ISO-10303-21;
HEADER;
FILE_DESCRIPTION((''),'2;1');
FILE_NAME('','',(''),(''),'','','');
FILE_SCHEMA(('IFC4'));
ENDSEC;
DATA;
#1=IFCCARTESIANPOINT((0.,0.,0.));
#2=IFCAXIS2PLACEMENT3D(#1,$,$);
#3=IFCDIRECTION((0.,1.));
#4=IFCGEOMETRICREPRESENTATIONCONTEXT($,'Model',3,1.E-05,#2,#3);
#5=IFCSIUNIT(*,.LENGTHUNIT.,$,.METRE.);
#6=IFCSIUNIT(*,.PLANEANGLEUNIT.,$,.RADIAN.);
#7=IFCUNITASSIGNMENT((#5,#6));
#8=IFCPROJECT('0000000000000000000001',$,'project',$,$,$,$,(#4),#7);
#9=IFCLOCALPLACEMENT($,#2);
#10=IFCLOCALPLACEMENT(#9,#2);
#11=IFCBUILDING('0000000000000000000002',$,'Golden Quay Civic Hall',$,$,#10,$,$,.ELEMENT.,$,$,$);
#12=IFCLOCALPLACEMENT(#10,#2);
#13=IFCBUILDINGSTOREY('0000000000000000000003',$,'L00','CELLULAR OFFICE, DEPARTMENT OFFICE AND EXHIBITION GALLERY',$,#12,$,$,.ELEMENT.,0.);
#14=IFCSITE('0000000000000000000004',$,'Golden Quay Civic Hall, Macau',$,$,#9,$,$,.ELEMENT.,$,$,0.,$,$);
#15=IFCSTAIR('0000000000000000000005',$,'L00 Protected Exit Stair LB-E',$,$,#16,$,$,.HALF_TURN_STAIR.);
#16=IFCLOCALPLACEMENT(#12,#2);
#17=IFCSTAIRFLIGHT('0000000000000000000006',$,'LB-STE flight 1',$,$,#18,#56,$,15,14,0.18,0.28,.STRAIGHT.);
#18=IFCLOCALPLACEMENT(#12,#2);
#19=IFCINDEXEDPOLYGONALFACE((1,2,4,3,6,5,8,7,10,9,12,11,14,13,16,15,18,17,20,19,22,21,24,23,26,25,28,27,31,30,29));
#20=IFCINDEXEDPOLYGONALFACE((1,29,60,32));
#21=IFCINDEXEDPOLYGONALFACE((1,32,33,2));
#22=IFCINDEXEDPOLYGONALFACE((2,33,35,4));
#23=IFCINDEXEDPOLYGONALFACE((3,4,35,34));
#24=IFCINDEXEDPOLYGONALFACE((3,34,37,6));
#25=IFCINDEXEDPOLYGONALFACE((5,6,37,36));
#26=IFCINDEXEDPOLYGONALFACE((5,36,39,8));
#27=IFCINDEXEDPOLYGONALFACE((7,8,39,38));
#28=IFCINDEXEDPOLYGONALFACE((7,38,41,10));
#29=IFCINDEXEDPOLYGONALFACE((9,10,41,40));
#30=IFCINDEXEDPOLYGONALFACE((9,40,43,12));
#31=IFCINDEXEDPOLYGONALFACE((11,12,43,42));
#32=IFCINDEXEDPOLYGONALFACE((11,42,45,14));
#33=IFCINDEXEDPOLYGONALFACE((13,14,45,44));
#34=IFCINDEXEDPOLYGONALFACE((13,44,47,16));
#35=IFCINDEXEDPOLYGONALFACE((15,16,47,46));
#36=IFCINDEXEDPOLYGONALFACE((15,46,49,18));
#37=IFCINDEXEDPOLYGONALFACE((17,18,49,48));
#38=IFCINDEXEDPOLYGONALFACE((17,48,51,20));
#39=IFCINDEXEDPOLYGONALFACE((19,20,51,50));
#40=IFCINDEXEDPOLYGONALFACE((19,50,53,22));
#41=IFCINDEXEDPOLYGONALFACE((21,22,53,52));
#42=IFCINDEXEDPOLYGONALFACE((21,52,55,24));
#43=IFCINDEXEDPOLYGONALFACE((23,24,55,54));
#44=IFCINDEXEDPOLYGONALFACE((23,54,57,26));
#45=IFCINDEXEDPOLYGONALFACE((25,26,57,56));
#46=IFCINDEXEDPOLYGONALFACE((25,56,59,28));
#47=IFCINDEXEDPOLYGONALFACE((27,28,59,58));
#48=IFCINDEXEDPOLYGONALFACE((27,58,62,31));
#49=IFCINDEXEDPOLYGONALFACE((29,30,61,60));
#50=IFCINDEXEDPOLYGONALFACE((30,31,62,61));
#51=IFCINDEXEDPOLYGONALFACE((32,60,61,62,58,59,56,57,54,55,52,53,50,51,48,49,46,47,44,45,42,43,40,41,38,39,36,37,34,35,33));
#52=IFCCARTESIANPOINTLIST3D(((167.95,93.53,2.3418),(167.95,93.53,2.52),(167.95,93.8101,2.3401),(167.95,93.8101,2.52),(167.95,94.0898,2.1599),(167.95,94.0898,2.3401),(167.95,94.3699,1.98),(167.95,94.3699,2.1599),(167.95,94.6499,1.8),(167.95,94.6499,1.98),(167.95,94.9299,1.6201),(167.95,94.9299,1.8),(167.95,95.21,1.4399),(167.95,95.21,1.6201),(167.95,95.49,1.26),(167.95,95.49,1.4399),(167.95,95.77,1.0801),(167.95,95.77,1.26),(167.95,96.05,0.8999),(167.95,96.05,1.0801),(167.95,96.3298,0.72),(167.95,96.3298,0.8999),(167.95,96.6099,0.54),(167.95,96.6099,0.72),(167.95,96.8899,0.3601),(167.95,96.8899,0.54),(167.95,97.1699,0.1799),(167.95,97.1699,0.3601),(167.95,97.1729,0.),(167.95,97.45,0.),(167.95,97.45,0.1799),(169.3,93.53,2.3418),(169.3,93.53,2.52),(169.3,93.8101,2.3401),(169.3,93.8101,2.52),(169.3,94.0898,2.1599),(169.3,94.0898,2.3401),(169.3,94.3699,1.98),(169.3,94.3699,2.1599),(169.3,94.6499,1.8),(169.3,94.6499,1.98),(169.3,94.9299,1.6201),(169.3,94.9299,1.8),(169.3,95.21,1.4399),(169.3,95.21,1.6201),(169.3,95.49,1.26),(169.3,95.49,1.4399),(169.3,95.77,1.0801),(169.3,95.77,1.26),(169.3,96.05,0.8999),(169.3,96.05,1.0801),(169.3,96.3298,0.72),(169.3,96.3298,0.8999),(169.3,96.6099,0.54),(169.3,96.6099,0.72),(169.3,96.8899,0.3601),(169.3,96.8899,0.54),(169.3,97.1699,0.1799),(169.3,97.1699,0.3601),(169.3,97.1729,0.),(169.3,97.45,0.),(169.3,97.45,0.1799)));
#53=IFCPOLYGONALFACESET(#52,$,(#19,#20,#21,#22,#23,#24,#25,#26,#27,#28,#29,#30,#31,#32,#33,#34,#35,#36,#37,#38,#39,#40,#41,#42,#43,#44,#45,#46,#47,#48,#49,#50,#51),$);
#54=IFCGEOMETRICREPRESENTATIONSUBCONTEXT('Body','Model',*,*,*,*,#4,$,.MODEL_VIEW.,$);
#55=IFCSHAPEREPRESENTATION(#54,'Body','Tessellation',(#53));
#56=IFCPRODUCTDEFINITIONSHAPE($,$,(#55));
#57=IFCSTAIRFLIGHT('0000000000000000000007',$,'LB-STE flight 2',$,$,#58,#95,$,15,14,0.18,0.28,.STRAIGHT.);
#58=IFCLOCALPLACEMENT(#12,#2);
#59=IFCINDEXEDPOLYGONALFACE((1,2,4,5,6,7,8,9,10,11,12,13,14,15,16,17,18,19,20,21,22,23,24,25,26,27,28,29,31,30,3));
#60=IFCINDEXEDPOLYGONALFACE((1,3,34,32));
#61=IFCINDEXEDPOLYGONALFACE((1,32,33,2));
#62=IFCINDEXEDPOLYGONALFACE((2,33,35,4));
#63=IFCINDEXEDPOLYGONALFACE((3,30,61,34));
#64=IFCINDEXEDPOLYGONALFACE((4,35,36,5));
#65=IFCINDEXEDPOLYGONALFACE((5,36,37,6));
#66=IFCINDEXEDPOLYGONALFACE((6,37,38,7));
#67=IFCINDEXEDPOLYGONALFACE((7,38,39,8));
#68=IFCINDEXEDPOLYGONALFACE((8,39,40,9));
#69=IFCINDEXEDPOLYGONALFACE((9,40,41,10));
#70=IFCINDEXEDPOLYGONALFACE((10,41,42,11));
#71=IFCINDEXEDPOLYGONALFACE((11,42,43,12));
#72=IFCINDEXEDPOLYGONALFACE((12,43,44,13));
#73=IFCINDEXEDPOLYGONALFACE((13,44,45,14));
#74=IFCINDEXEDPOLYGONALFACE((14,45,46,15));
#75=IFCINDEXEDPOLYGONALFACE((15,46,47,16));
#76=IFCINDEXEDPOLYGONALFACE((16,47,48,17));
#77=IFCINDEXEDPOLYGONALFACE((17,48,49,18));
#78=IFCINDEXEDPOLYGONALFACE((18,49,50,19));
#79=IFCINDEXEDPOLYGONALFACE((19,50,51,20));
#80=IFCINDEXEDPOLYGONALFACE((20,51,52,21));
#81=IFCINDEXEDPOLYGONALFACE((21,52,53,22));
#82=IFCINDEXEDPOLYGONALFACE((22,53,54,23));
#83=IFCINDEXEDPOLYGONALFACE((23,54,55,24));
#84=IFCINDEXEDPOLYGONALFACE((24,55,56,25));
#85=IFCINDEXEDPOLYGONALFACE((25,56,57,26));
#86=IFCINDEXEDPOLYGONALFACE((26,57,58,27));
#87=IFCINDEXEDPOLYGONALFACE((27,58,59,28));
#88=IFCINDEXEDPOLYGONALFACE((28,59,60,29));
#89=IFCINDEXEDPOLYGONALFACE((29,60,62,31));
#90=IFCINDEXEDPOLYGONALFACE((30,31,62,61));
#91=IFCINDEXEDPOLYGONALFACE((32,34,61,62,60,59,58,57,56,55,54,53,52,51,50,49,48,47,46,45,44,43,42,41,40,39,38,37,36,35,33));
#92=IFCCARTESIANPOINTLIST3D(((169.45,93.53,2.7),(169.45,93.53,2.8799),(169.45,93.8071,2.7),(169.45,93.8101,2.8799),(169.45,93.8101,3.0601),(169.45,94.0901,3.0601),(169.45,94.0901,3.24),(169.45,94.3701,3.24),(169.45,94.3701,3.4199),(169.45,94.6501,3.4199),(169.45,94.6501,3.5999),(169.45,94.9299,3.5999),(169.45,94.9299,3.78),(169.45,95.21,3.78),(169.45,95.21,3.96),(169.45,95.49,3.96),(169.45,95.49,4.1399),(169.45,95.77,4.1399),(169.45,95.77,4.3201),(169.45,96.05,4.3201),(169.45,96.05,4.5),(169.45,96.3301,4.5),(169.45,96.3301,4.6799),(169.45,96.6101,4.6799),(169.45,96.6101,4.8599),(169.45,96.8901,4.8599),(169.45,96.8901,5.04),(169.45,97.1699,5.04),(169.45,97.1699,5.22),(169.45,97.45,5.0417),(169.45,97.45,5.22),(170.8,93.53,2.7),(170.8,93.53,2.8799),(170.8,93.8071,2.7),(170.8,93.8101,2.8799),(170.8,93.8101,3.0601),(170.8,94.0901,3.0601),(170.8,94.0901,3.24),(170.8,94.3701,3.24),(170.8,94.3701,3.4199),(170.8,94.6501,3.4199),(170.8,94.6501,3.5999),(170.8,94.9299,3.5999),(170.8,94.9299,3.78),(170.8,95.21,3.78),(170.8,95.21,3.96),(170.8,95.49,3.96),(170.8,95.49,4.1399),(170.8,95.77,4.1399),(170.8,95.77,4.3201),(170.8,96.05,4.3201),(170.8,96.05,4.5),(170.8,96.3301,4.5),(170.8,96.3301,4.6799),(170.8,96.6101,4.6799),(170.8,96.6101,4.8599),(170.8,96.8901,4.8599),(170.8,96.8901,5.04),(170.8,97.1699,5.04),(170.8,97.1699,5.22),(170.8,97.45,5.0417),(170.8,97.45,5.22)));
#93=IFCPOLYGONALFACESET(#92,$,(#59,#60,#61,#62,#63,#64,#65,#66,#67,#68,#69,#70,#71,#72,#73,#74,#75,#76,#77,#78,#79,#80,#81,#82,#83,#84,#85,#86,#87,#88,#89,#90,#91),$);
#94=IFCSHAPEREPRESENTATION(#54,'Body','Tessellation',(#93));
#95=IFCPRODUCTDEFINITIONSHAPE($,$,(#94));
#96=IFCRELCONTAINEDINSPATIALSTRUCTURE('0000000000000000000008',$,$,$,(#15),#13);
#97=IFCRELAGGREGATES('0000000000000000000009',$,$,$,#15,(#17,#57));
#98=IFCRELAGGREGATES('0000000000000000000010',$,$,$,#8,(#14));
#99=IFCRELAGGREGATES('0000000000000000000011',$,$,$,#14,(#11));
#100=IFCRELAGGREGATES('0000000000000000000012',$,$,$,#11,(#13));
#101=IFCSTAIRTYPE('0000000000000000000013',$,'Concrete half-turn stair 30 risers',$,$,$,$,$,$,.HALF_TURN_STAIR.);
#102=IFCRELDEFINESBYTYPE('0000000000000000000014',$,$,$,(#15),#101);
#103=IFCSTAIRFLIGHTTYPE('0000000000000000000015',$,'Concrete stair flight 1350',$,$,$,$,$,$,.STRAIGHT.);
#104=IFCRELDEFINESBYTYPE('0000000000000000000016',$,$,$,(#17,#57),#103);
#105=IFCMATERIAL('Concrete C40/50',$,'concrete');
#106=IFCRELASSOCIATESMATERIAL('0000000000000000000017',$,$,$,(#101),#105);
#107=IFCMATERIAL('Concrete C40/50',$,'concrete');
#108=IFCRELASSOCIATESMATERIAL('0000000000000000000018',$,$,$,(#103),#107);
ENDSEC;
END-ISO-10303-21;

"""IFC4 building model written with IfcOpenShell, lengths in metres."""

from ifc_helpers import new_model, si_unit, direction, frame, origin, place, context, subcontext, project, spatial, polyline, outline, extrude, material, type_object, element, aggregate, save


model = new_model("IFC4")

# Units and contexts
model_context = context("Model", 3, precision=1e-05, world=origin(), true_north=direction((0.0, 1.0)))
body_context = subcontext(model_context, "Body", "Model", "MODEL_VIEW")
ifc_project = project(units=[si_unit("LENGTHUNIT", "METRE"), si_unit("PLANEANGLEUNIT", "RADIAN")], contexts=[model_context])

# Site, building, storey
site_placement = place(None, origin())
site = spatial("IfcSite", under=ifc_project, at=site_placement, Name="Golden Quay Civic Hall, Macau", CompositionType="ELEMENT", RefElevation=0.0)
building_placement = place(site_placement, origin())
building = spatial("IfcBuilding", under=site, at=building_placement, Name="Golden Quay Civic Hall", CompositionType="ELEMENT")
storey_placement = place(building_placement, origin())
storey = spatial("IfcBuildingStorey", under=building, at=storey_placement, Name="L00", Description="CELLULAR OFFICE, DEPARTMENT OFFICE AND EXHIBITION GALLERY", CompositionType="ELEMENT", Elevation=0.0)

# Stair, stair flights
ifc_material_1 = material(Name="Concrete C40/50", Category="concrete")
stair_type = type_object("IfcStairType", Name="Concrete half-turn stair 30 risers", PredefinedType="HALF_TURN_STAIR", material=ifc_material_1)
stair_placement = place(storey_placement, origin())
stair = element("IfcStair", 1, at=stair_placement, inside=storey, type_object=stair_type, Name="L00 Protected Exit Stair LB-E", PredefinedType="HALF_TURN_STAIR")
ifc_material_2 = material(Name="Concrete C40/50", Category="concrete")
stair_flight_type = type_object("IfcStairFlightType", Name="Concrete stair flight 1350", PredefinedType="STRAIGHT", material=ifc_material_2)
stair_flight_1_placement = place(storey_placement, frame((168.625, 97.45, 0.0), z_axis=(0.0, 0.0, 1.0), x_axis=(0.0, -1.0, 0.0)))
stair_flight_1 = element("IfcStairFlight", 2, at=stair_flight_1_placement, type_object=stair_flight_type, Name="LB-STE flight 1", NumberOfRisers=15, NumberOfTreads=14, PredefinedType="STRAIGHT", RiserHeight=0.18, TreadLength=0.28, context=body_context, shape_type="SweptSolid", body=[
    extrude(outline(polyline([(0.0, 0.0), (0.0, 0.1799), (0.28, 0.1799), (0.28, 0.3601), (0.5601, 0.3601), (0.5601, 0.54), (0.8401, 0.54), (0.8401, 0.72), (1.1201, 0.72), (1.1201, 0.8999), (1.3999, 0.8999), (1.3999, 1.0801), (1.6799, 1.0801), (1.6799, 1.26), (1.96, 1.26), (1.96, 1.4399), (2.24, 1.4399), (2.24, 1.6201), (2.52, 1.6201), (2.52, 1.8), (2.8, 1.8), (2.8, 1.98), (3.0801, 1.98), (3.0801, 2.1599), (3.3601, 2.1599), (3.3601, 2.3401), (3.6399, 2.3401), (3.6399, 2.52), (3.9199, 2.52), (3.9199, 2.7), (3.9199, 2.3418), (0.2771, 0.0), (0.0, 0.0)])), frame((0.0, 0.675, 0.0), z_axis=(0.0, -1.0, 0.0), x_axis=(1.0, 0.0, 0.0)), (0.0, 0.0, 1.0), 1.35),
])
stair_flight_2_placement = place(storey_placement, frame((170.125, 93.53, 2.7), z_axis=(0.0, 0.0, 1.0), x_axis=(0.0, 1.0, 0.0)))
stair_flight_2 = element("IfcStairFlight", 3, at=stair_flight_2_placement, type_object=stair_flight_type, Name="LB-STE flight 2", NumberOfRisers=15, NumberOfTreads=14, PredefinedType="STRAIGHT", RiserHeight=0.18, TreadLength=0.28, context=body_context, shape_type="SweptSolid", body=[
    extrude(outline(polyline([(0.0, 0.0), (0.0, 0.1799), (0.28, 0.1799), (0.28, 0.3601), (0.5601, 0.3601), (0.5601, 0.54), (0.8401, 0.54), (0.8401, 0.72), (1.1201, 0.72), (1.1201, 0.8999), (1.3999, 0.8999), (1.3999, 1.0801), (1.6799, 1.0801), (1.6799, 1.26), (1.96, 1.26), (1.96, 1.4399), (2.24, 1.4399), (2.24, 1.6201), (2.52, 1.6201), (2.52, 1.8), (2.8, 1.8), (2.8, 1.98), (3.0801, 1.98), (3.0801, 2.1599), (3.3601, 2.1599), (3.3601, 2.3401), (3.6399, 2.3401), (3.6399, 2.52), (3.9199, 2.52), (3.9199, 2.7), (3.9199, 2.3418), (0.2771, 0.0), (0.0, 0.0)])), frame((0.0, 0.675, 0.0), z_axis=(0.0, -1.0, 0.0), x_axis=(1.0, 0.0, 0.0)), (0.0, 0.0, 1.0), 1.35),
])
aggregate(stair, [stair_flight_1, stair_flight_2])

save(model, "model.ifc")
